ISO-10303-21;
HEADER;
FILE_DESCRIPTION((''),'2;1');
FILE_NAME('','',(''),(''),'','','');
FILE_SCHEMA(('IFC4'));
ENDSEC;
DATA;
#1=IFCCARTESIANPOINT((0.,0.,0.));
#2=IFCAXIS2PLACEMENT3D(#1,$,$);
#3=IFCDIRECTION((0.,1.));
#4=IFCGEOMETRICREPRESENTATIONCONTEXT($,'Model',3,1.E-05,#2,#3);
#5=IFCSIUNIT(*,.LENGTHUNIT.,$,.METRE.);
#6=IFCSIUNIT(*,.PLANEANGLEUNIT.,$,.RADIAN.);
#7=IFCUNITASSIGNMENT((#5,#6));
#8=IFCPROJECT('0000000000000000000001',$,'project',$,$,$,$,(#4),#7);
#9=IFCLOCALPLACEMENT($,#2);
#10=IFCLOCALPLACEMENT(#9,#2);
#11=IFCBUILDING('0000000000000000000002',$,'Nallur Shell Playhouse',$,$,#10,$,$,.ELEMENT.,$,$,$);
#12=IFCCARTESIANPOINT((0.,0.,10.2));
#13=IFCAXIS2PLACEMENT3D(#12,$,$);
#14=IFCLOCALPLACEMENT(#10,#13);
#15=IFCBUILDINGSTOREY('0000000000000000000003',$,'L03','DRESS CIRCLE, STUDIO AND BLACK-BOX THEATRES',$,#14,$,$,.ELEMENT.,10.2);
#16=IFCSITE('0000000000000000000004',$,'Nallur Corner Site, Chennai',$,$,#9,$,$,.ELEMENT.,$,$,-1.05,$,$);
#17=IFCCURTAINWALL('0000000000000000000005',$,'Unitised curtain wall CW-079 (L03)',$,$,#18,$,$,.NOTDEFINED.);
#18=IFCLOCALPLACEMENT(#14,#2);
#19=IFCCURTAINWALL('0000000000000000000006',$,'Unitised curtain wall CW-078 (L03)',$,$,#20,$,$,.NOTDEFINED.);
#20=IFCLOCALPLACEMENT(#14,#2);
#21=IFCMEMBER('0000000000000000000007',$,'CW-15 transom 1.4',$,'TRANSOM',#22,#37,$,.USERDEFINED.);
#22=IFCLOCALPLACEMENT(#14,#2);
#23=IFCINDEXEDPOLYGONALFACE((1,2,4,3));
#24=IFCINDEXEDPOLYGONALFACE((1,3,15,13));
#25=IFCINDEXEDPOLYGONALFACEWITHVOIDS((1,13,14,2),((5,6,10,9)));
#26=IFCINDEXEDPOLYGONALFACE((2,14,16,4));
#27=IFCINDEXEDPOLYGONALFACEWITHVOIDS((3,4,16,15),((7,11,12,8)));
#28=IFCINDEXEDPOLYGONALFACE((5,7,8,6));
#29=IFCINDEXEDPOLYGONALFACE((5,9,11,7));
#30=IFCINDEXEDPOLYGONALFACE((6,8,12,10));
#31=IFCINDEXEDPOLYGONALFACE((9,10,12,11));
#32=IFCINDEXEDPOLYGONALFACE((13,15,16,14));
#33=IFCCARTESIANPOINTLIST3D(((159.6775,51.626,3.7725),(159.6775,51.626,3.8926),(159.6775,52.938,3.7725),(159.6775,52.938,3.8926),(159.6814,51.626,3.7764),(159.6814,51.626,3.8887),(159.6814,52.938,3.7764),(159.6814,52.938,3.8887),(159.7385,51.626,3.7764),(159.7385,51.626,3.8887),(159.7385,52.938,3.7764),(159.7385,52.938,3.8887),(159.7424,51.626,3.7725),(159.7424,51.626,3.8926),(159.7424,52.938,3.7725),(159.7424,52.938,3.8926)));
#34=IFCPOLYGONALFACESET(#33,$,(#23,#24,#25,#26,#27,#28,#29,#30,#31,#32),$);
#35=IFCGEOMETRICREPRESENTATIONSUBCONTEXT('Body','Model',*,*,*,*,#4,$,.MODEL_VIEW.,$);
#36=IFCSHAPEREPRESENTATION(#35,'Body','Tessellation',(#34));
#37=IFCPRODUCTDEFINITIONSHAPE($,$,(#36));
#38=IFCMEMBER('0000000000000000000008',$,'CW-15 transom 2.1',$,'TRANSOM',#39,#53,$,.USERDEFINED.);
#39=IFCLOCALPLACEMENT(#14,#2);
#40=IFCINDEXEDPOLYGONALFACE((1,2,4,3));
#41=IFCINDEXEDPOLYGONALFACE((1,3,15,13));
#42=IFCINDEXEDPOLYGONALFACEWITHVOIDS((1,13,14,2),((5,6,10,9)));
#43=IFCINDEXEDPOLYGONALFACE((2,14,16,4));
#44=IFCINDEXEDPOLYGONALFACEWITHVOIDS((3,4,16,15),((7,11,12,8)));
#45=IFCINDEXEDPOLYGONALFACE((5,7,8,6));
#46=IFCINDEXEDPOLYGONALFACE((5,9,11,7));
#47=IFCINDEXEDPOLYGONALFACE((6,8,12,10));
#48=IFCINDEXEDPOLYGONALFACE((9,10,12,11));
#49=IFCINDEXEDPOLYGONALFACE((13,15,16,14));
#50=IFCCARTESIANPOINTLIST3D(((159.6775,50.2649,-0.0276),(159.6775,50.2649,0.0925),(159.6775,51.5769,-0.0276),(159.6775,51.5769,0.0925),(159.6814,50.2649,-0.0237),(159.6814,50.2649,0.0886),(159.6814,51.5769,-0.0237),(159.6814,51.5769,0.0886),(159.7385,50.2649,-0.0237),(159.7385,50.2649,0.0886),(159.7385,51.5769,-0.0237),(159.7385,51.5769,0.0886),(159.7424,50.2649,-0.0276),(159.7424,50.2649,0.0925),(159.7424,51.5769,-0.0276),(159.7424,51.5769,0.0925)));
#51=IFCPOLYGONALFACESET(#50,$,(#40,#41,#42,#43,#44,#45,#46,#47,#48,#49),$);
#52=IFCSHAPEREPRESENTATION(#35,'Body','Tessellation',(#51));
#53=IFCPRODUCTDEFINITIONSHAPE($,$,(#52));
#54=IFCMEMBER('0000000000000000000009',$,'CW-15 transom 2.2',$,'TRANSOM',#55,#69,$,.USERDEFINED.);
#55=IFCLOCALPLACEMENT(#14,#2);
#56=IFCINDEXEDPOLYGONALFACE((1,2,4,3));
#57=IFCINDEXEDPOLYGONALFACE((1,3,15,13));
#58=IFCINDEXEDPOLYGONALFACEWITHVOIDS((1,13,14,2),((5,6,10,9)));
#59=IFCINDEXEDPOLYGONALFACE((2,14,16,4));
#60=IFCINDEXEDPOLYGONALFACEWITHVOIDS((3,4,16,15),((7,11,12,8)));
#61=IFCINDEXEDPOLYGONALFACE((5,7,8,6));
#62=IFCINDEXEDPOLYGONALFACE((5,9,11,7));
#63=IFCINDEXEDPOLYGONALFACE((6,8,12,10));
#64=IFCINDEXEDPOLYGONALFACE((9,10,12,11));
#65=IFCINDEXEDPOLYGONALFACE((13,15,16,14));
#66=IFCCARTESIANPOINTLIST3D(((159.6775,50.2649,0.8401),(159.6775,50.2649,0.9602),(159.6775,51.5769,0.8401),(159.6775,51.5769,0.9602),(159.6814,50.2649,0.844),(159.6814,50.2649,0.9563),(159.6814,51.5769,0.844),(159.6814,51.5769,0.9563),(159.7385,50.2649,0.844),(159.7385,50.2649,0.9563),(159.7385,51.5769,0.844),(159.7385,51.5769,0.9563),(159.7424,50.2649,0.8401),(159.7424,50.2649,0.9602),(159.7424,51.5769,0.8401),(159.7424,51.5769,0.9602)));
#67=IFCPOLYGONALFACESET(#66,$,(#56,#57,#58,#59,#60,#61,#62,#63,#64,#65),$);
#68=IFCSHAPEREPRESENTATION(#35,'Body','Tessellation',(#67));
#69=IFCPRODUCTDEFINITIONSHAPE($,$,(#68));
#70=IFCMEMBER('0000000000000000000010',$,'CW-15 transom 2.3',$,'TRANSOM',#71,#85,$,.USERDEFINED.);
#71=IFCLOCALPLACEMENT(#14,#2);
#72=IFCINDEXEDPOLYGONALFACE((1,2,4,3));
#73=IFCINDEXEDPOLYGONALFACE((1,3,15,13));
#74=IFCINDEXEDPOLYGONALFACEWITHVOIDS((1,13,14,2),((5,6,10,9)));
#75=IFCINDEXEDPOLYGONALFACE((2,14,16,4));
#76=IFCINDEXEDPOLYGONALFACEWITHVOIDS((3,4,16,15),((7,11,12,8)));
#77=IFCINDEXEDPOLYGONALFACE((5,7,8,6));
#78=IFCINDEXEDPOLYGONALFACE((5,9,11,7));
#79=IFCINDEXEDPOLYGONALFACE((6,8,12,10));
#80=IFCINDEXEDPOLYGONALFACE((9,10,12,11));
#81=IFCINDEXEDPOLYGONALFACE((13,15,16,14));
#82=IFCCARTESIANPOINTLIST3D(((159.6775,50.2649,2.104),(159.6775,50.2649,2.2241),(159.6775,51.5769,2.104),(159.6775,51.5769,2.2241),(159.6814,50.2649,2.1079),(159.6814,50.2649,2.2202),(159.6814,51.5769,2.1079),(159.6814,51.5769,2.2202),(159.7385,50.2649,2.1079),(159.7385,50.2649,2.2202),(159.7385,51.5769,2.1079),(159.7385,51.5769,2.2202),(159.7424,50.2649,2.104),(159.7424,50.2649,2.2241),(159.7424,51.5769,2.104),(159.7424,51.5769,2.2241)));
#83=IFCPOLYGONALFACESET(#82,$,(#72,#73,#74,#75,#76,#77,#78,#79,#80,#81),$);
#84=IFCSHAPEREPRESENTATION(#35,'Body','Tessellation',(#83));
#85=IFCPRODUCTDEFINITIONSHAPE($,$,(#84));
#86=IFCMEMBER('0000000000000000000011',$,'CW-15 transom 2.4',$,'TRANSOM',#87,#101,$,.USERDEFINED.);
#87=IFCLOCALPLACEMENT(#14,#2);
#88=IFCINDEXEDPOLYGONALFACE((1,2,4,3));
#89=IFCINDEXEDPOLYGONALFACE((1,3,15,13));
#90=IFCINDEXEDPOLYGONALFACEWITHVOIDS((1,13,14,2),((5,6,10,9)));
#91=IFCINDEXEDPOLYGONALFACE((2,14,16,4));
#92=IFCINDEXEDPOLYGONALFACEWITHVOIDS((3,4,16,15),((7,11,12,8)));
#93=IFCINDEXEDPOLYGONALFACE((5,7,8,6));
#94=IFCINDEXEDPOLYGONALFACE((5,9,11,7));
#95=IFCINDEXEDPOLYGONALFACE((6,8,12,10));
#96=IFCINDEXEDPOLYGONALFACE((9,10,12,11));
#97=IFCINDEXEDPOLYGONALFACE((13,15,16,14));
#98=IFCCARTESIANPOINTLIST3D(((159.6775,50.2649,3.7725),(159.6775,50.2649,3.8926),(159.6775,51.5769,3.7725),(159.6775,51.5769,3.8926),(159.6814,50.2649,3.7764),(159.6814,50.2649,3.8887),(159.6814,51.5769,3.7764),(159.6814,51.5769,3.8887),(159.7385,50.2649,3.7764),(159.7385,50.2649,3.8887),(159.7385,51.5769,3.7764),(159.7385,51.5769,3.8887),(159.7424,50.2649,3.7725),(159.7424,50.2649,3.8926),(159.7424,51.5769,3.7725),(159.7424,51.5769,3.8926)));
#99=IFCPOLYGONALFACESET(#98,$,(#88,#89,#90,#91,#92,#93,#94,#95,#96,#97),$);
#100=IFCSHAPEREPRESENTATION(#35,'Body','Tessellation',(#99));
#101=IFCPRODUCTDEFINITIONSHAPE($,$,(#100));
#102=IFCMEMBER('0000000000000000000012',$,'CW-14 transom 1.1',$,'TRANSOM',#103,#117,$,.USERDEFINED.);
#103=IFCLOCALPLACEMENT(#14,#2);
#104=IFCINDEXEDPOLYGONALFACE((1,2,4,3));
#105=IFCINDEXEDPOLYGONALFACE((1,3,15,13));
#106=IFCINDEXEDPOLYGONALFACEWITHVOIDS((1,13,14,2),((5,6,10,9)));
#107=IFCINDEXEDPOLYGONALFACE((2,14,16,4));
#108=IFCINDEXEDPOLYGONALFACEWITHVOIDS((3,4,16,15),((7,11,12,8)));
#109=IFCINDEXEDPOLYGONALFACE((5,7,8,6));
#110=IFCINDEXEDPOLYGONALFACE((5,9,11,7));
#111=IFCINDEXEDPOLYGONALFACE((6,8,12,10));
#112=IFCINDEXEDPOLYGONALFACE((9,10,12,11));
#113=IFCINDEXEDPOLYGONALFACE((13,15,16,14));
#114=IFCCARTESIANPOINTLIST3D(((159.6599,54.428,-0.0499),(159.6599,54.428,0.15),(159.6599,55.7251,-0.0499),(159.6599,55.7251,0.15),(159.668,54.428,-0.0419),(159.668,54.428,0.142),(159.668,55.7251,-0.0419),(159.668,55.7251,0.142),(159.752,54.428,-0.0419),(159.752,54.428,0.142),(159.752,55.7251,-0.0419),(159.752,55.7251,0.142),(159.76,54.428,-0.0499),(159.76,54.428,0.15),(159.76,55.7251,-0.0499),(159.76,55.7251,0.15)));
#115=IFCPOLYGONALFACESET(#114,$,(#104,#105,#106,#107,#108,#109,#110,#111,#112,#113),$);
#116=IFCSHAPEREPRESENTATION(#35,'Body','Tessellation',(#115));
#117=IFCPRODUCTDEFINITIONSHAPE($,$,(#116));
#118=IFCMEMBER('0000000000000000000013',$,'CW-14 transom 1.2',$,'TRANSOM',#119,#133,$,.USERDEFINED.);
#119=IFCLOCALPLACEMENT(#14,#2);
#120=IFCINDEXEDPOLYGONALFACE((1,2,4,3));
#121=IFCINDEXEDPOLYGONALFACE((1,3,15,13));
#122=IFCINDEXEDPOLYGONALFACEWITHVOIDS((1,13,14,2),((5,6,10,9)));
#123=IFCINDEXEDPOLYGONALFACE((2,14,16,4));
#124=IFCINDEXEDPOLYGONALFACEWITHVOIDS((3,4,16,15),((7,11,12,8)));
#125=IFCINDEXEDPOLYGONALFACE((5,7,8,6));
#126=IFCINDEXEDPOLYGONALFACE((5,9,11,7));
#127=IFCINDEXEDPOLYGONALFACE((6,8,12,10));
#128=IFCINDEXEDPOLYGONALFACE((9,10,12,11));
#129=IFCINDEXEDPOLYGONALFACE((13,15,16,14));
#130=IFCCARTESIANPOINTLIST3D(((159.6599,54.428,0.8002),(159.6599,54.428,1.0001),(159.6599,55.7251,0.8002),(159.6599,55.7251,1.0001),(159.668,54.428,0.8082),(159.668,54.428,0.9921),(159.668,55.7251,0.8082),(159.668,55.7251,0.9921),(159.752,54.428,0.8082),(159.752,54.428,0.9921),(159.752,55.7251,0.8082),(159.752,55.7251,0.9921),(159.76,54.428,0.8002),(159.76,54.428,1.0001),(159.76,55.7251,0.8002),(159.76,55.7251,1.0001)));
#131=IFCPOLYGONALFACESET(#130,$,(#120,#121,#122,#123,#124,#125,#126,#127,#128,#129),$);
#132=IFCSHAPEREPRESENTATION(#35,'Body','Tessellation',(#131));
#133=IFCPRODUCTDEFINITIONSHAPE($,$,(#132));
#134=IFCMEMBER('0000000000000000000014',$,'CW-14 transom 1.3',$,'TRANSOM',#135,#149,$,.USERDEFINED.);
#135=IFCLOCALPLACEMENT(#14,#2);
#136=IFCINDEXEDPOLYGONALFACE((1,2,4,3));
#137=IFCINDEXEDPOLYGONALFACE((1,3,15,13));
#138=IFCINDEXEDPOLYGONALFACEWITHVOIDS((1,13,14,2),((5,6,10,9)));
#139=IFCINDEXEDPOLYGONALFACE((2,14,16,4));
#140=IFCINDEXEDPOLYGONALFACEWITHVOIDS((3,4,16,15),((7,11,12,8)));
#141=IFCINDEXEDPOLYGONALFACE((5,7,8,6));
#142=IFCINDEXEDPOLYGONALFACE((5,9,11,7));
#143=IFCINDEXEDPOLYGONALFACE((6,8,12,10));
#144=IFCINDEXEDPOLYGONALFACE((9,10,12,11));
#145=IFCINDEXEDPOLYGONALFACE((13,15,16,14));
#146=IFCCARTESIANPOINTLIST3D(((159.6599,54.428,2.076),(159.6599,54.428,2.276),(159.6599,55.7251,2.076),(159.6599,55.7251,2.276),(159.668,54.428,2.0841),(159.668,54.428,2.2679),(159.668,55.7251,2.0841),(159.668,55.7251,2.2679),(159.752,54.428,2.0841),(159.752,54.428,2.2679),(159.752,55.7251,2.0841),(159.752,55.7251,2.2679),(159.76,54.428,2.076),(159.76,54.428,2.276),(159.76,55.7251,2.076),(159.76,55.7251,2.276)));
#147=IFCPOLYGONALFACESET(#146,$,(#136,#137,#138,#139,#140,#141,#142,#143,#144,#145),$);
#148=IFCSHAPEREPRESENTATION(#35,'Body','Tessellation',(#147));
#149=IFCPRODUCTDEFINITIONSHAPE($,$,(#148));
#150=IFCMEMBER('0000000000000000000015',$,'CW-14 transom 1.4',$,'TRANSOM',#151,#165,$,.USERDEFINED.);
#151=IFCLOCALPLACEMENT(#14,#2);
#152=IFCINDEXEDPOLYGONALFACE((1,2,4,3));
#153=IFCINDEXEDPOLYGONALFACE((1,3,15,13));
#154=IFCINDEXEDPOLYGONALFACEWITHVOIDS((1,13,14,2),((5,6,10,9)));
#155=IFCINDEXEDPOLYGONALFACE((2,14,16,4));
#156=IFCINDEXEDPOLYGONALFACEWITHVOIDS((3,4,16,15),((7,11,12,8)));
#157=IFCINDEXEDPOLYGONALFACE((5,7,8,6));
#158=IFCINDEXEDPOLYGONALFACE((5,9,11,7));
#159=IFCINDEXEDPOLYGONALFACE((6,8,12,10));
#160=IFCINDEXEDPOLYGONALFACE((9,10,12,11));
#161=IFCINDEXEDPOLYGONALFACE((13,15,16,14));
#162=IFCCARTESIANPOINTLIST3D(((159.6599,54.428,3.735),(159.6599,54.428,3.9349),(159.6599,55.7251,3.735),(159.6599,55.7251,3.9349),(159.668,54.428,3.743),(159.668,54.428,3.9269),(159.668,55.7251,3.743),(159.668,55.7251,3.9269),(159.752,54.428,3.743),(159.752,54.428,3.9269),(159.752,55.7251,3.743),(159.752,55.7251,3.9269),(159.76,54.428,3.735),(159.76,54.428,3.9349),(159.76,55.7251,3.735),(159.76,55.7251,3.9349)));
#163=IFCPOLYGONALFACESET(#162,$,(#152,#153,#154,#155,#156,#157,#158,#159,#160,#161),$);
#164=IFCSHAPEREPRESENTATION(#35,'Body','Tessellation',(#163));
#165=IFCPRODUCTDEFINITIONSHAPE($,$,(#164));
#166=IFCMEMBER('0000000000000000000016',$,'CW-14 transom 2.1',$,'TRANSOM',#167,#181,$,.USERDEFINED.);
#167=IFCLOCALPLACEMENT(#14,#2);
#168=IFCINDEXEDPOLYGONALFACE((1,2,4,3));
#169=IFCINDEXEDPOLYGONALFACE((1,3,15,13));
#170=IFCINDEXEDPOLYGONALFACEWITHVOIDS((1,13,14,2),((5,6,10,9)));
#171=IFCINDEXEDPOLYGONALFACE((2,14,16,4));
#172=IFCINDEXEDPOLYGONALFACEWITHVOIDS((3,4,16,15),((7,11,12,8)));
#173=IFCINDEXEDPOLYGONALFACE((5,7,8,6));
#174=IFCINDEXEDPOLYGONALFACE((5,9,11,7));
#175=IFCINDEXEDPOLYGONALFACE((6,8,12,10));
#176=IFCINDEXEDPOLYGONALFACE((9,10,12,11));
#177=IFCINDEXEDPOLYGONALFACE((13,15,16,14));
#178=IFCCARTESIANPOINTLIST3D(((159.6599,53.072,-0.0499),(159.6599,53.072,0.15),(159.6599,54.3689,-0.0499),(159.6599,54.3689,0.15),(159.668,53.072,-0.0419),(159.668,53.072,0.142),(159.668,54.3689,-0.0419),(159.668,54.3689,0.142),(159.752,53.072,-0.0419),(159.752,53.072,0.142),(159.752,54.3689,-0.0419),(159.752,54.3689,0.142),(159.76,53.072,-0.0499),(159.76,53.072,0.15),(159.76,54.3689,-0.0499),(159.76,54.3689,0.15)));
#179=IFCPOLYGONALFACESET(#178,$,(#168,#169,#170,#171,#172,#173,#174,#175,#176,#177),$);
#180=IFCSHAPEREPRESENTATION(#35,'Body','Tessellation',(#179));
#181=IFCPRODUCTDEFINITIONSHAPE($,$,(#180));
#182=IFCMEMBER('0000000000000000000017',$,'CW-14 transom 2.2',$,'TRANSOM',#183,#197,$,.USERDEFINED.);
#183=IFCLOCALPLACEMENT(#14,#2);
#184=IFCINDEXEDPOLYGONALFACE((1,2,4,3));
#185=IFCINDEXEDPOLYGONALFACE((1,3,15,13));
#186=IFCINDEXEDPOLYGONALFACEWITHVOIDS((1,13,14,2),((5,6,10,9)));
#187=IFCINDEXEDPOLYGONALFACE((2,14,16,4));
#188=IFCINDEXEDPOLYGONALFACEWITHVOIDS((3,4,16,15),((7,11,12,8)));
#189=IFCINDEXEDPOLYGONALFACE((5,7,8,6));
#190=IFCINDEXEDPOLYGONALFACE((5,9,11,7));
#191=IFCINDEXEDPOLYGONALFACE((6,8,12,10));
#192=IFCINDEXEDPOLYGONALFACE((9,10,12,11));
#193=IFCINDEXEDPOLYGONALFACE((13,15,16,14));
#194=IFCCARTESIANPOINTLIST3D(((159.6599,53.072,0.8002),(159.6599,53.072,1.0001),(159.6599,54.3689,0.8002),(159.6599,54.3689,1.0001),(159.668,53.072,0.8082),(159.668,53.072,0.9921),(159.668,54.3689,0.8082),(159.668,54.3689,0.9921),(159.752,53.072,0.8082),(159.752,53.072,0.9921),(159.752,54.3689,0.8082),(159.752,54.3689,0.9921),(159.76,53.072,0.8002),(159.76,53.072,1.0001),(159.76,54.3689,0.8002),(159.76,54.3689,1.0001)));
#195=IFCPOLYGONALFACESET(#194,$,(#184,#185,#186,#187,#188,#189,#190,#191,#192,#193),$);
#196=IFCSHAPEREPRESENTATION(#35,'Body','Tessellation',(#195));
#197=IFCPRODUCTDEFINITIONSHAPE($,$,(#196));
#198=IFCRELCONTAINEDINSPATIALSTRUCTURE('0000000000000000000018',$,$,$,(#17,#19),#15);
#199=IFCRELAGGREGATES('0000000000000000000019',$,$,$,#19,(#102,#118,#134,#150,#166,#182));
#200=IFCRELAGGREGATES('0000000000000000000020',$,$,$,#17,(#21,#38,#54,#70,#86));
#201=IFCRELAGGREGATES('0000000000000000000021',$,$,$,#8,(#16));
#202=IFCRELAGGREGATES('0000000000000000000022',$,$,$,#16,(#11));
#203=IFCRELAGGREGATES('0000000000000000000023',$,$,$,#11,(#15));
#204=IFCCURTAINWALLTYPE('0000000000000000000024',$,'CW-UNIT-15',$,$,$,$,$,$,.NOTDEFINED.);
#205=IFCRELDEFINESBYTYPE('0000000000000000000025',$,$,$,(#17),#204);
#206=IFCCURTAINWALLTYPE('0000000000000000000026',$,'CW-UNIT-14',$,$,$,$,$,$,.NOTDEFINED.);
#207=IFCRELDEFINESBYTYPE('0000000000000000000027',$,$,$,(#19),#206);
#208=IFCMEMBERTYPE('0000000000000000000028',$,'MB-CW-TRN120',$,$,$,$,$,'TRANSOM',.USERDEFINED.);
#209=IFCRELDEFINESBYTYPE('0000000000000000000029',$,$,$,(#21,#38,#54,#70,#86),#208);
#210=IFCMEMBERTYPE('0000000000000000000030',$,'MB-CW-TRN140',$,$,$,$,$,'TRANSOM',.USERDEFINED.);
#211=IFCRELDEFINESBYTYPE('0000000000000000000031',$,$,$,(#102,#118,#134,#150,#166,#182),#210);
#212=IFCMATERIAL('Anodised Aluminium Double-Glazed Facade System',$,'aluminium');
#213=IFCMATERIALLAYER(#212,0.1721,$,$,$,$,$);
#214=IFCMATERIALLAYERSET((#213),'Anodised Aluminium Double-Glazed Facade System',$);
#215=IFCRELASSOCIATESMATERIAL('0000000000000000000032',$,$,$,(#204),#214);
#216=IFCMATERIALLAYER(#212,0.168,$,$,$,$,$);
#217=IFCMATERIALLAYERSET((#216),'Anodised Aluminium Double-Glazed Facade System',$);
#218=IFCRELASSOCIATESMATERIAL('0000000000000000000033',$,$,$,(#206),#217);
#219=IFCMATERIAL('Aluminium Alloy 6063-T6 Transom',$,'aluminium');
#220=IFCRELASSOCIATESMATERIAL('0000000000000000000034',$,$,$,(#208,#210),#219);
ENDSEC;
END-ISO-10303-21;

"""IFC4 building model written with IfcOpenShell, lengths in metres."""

from ifc_helpers import new_model, si_unit, direction, frame, origin, origin_2d, place, context, subcontext, project, spatial, hollow_rectangle, extrude, material, layer, layer_set, material_profile, profile_set, type_object, element, aggregate, save


model = new_model("IFC4")

# Units and contexts
model_context = context("Model", 3, precision=1e-05, world=origin(), true_north=direction((0.0, 1.0)))
body_context = subcontext(model_context, "Body", "Model", "MODEL_VIEW")
ifc_project = project(units=[si_unit("LENGTHUNIT", "METRE"), si_unit("PLANEANGLEUNIT", "RADIAN")], contexts=[model_context])

# Site, building, storey
site_placement = place(None, origin())
site = spatial("IfcSite", under=ifc_project, at=site_placement, Name="Nallur Corner Site, Chennai", CompositionType="ELEMENT", RefElevation=-1.05)
building_placement = place(site_placement, origin())
building = spatial("IfcBuilding", under=site, at=building_placement, Name="Nallur Shell Playhouse", CompositionType="ELEMENT")
storey_placement = place(building_placement, frame((0.0, 0.0, 10.2)))
storey = spatial("IfcBuildingStorey", under=building, at=storey_placement, Name="L03", Description="DRESS CIRCLE, STUDIO AND BLACK-BOX THEATRES", CompositionType="ELEMENT", Elevation=10.2)

# Curtain walls
ifc_material_1 = material(Name="Anodised Aluminium Double-Glazed Facade System", Category="aluminium")
ifc_layer_1 = layer(ifc_material_1, 0.1721)
ifc_layer_set_1 = layer_set([ifc_layer_1], Name="Anodised Aluminium Double-Glazed Facade System")
curtain_wall_type_1 = type_object("IfcCurtainWallType", Name="CW-UNIT-15", PredefinedType="NOTDEFINED", material=ifc_layer_set_1)
curtain_wall_1_placement = place(storey_placement, origin())
curtain_wall_1 = element("IfcCurtainWall", 1, at=curtain_wall_1_placement, inside=storey, type_object=curtain_wall_type_1, Name="Unitised curtain wall CW-079 (L03)", PredefinedType="NOTDEFINED")
ifc_layer_2 = layer(ifc_material_1, 0.168)
ifc_layer_set_2 = layer_set([ifc_layer_2], Name="Anodised Aluminium Double-Glazed Facade System")
curtain_wall_type_2 = type_object("IfcCurtainWallType", Name="CW-UNIT-14", PredefinedType="NOTDEFINED", material=ifc_layer_set_2)
curtain_wall_2_placement = place(storey_placement, origin())
curtain_wall_2 = element("IfcCurtainWall", 2, at=curtain_wall_2_placement, inside=storey, type_object=curtain_wall_type_2, Name="Unitised curtain wall CW-078 (L03)", PredefinedType="NOTDEFINED")

# Members
ifc_material_2 = material(Name="Aluminium Alloy 6063-T6 Transom", Category="aluminium")
ifc_material_profile_1 = material_profile(ifc_material_2, hollow_rectangle(XDim=0.0649, YDim=0.1201, WallThickness=0.0039, at=origin_2d()), Name="ALU 65x120x4")
ifc_profile_set_1 = profile_set([ifc_material_profile_1], Name="Aluminium Alloy 6063-T6 Transom")
member_type_1 = type_object("IfcMemberType", Name="MB-CW-TRN120", ElementType="TRANSOM", PredefinedType="USERDEFINED", material=ifc_profile_set_1)
member_1_placement = place(storey_placement, frame((159.71, 52.938, 3.8325), z_axis=(0.0, -1.0, 0.0), x_axis=(1.0, 0.0, 0.0)))
member_1 = element("IfcMember", 3, at=member_1_placement, type_object=member_type_1, Name="CW-15 transom 1.4", ObjectType="TRANSOM", PredefinedType="USERDEFINED", context=body_context, shape_type="SweptSolid", body=[
    extrude(hollow_rectangle(XDim=0.0649, YDim=0.1201, WallThickness=0.0039, at=origin_2d()), origin(), (0.0, 0.0, 1.0), 1.312),
])
member_2_placement = place(storey_placement, frame((159.71, 51.5769, 0.0325), z_axis=(0.0, -1.0, 0.0), x_axis=(1.0, 0.0, 0.0)))
member_2 = element("IfcMember", 4, at=member_2_placement, type_object=member_type_1, Name="CW-15 transom 2.1", ObjectType="TRANSOM", PredefinedType="USERDEFINED", context=body_context, shape_type="SweptSolid", body=[
    extrude(hollow_rectangle(XDim=0.0649, YDim=0.1201, WallThickness=0.0039, at=origin_2d()), origin(), (0.0, 0.0, 1.0), 1.312),
])
member_3_placement = place(storey_placement, frame((159.71, 51.5769, 0.9001), z_axis=(0.0, -1.0, 0.0), x_axis=(1.0, 0.0, 0.0)))
member_3 = element("IfcMember", 5, at=member_3_placement, type_object=member_type_1, Name="CW-15 transom 2.2", ObjectType="TRANSOM", PredefinedType="USERDEFINED", context=body_context, shape_type="SweptSolid", body=[
    extrude(hollow_rectangle(XDim=0.0649, YDim=0.1201, WallThickness=0.0039, at=origin_2d()), origin(), (0.0, 0.0, 1.0), 1.312),
])
member_4_placement = place(storey_placement, frame((159.71, 51.5769, 2.1641), z_axis=(0.0, -1.0, 0.0), x_axis=(1.0, 0.0, 0.0)))
member_4 = element("IfcMember", 6, at=member_4_placement, type_object=member_type_1, Name="CW-15 transom 2.3", ObjectType="TRANSOM", PredefinedType="USERDEFINED", context=body_context, shape_type="SweptSolid", body=[
    extrude(hollow_rectangle(XDim=0.0649, YDim=0.1201, WallThickness=0.0039, at=origin_2d()), origin(), (0.0, 0.0, 1.0), 1.312),
])
member_5_placement = place(storey_placement, frame((159.71, 51.5769, 3.8325), z_axis=(0.0, -1.0, 0.0), x_axis=(1.0, 0.0, 0.0)))
member_5 = element("IfcMember", 7, at=member_5_placement, type_object=member_type_1, Name="CW-15 transom 2.4", ObjectType="TRANSOM", PredefinedType="USERDEFINED", context=body_context, shape_type="SweptSolid", body=[
    extrude(hollow_rectangle(XDim=0.0649, YDim=0.1201, WallThickness=0.0039, at=origin_2d()), origin(), (0.0, 0.0, 1.0), 1.312),
])
ifc_material_profile_2 = material_profile(ifc_material_2, hollow_rectangle(XDim=0.1001, YDim=0.2, WallThickness=0.0081, at=origin_2d()), Name="RHS 200x100x8")
ifc_profile_set_2 = profile_set([ifc_material_profile_2], Name="Aluminium Alloy 6063-T6 Transom")
member_type_2 = type_object("IfcMemberType", Name="MB-CW-TRN140", ElementType="TRANSOM", PredefinedType="USERDEFINED", material=ifc_profile_set_2)
member_6_placement = place(storey_placement, frame((159.71, 55.7251, 0.05), z_axis=(0.0, -1.0, 0.0), x_axis=(1.0, 0.0, 0.0)))
member_6 = element("IfcMember", 8, at=member_6_placement, type_object=member_type_2, Name="CW-14 transom 1.1", ObjectType="TRANSOM", PredefinedType="USERDEFINED", context=body_context, shape_type="SweptSolid", body=[
    extrude(hollow_rectangle(XDim=0.1001, YDim=0.2, WallThickness=0.0081, at=origin_2d()), origin(), (0.0, 0.0, 1.0), 1.2971),
])
member_7_placement = place(storey_placement, frame((159.71, 55.7251, 0.9001), z_axis=(0.0, -1.0, 0.0), x_axis=(1.0, 0.0, 0.0)))
member_7 = element("IfcMember", 9, at=member_7_placement, type_object=member_type_2, Name="CW-14 transom 1.2", ObjectType="TRANSOM", PredefinedType="USERDEFINED", context=body_context, shape_type="SweptSolid", body=[
    extrude(hollow_rectangle(XDim=0.1001, YDim=0.2, WallThickness=0.0081, at=origin_2d()), origin(), (0.0, 0.0, 1.0), 1.2971),
])
member_8_placement = place(storey_placement, frame((159.71, 55.7251, 2.176), z_axis=(0.0, -1.0, 0.0), x_axis=(1.0, 0.0, 0.0)))
member_8 = element("IfcMember", 10, at=member_8_placement, type_object=member_type_2, Name="CW-14 transom 1.3", ObjectType="TRANSOM", PredefinedType="USERDEFINED", context=body_context, shape_type="SweptSolid", body=[
    extrude(hollow_rectangle(XDim=0.1001, YDim=0.2, WallThickness=0.0081, at=origin_2d()), origin(), (0.0, 0.0, 1.0), 1.2971),
])
member_9_placement = place(storey_placement, frame((159.71, 55.7251, 3.835), z_axis=(0.0, -1.0, 0.0), x_axis=(1.0, 0.0, 0.0)))
member_9 = element("IfcMember", 11, at=member_9_placement, type_object=member_type_2, Name="CW-14 transom 1.4", ObjectType="TRANSOM", PredefinedType="USERDEFINED", context=body_context, shape_type="SweptSolid", body=[
    extrude(hollow_rectangle(XDim=0.1001, YDim=0.2, WallThickness=0.0081, at=origin_2d()), origin(), (0.0, 0.0, 1.0), 1.2971),
])
member_10_placement = place(storey_placement, frame((159.71, 54.3689, 0.05), z_axis=(0.0, -1.0, 0.0), x_axis=(1.0, 0.0, 0.0)))
member_10 = element("IfcMember", 12, at=member_10_placement, type_object=member_type_2, Name="CW-14 transom 2.1", ObjectType="TRANSOM", PredefinedType="USERDEFINED", context=body_context, shape_type="SweptSolid", body=[
    extrude(hollow_rectangle(XDim=0.1001, YDim=0.2, WallThickness=0.0081, at=origin_2d()), origin(), (0.0, 0.0, 1.0), 1.2969),
])
member_11_placement = place(storey_placement, frame((159.71, 54.3689, 0.9001), z_axis=(0.0, -1.0, 0.0), x_axis=(1.0, 0.0, 0.0)))
member_11 = element("IfcMember", 13, at=member_11_placement, type_object=member_type_2, Name="CW-14 transom 2.2", ObjectType="TRANSOM", PredefinedType="USERDEFINED", context=body_context, shape_type="SweptSolid", body=[
    extrude(hollow_rectangle(XDim=0.1001, YDim=0.2, WallThickness=0.0081, at=origin_2d()), origin(), (0.0, 0.0, 1.0), 1.2969),
])

aggregate(curtain_wall_2, [member_6, member_7, member_8, member_9, member_10, member_11])
aggregate(curtain_wall_1, [member_1, member_2, member_3, member_4, member_5])

save(model, "model.ifc")
